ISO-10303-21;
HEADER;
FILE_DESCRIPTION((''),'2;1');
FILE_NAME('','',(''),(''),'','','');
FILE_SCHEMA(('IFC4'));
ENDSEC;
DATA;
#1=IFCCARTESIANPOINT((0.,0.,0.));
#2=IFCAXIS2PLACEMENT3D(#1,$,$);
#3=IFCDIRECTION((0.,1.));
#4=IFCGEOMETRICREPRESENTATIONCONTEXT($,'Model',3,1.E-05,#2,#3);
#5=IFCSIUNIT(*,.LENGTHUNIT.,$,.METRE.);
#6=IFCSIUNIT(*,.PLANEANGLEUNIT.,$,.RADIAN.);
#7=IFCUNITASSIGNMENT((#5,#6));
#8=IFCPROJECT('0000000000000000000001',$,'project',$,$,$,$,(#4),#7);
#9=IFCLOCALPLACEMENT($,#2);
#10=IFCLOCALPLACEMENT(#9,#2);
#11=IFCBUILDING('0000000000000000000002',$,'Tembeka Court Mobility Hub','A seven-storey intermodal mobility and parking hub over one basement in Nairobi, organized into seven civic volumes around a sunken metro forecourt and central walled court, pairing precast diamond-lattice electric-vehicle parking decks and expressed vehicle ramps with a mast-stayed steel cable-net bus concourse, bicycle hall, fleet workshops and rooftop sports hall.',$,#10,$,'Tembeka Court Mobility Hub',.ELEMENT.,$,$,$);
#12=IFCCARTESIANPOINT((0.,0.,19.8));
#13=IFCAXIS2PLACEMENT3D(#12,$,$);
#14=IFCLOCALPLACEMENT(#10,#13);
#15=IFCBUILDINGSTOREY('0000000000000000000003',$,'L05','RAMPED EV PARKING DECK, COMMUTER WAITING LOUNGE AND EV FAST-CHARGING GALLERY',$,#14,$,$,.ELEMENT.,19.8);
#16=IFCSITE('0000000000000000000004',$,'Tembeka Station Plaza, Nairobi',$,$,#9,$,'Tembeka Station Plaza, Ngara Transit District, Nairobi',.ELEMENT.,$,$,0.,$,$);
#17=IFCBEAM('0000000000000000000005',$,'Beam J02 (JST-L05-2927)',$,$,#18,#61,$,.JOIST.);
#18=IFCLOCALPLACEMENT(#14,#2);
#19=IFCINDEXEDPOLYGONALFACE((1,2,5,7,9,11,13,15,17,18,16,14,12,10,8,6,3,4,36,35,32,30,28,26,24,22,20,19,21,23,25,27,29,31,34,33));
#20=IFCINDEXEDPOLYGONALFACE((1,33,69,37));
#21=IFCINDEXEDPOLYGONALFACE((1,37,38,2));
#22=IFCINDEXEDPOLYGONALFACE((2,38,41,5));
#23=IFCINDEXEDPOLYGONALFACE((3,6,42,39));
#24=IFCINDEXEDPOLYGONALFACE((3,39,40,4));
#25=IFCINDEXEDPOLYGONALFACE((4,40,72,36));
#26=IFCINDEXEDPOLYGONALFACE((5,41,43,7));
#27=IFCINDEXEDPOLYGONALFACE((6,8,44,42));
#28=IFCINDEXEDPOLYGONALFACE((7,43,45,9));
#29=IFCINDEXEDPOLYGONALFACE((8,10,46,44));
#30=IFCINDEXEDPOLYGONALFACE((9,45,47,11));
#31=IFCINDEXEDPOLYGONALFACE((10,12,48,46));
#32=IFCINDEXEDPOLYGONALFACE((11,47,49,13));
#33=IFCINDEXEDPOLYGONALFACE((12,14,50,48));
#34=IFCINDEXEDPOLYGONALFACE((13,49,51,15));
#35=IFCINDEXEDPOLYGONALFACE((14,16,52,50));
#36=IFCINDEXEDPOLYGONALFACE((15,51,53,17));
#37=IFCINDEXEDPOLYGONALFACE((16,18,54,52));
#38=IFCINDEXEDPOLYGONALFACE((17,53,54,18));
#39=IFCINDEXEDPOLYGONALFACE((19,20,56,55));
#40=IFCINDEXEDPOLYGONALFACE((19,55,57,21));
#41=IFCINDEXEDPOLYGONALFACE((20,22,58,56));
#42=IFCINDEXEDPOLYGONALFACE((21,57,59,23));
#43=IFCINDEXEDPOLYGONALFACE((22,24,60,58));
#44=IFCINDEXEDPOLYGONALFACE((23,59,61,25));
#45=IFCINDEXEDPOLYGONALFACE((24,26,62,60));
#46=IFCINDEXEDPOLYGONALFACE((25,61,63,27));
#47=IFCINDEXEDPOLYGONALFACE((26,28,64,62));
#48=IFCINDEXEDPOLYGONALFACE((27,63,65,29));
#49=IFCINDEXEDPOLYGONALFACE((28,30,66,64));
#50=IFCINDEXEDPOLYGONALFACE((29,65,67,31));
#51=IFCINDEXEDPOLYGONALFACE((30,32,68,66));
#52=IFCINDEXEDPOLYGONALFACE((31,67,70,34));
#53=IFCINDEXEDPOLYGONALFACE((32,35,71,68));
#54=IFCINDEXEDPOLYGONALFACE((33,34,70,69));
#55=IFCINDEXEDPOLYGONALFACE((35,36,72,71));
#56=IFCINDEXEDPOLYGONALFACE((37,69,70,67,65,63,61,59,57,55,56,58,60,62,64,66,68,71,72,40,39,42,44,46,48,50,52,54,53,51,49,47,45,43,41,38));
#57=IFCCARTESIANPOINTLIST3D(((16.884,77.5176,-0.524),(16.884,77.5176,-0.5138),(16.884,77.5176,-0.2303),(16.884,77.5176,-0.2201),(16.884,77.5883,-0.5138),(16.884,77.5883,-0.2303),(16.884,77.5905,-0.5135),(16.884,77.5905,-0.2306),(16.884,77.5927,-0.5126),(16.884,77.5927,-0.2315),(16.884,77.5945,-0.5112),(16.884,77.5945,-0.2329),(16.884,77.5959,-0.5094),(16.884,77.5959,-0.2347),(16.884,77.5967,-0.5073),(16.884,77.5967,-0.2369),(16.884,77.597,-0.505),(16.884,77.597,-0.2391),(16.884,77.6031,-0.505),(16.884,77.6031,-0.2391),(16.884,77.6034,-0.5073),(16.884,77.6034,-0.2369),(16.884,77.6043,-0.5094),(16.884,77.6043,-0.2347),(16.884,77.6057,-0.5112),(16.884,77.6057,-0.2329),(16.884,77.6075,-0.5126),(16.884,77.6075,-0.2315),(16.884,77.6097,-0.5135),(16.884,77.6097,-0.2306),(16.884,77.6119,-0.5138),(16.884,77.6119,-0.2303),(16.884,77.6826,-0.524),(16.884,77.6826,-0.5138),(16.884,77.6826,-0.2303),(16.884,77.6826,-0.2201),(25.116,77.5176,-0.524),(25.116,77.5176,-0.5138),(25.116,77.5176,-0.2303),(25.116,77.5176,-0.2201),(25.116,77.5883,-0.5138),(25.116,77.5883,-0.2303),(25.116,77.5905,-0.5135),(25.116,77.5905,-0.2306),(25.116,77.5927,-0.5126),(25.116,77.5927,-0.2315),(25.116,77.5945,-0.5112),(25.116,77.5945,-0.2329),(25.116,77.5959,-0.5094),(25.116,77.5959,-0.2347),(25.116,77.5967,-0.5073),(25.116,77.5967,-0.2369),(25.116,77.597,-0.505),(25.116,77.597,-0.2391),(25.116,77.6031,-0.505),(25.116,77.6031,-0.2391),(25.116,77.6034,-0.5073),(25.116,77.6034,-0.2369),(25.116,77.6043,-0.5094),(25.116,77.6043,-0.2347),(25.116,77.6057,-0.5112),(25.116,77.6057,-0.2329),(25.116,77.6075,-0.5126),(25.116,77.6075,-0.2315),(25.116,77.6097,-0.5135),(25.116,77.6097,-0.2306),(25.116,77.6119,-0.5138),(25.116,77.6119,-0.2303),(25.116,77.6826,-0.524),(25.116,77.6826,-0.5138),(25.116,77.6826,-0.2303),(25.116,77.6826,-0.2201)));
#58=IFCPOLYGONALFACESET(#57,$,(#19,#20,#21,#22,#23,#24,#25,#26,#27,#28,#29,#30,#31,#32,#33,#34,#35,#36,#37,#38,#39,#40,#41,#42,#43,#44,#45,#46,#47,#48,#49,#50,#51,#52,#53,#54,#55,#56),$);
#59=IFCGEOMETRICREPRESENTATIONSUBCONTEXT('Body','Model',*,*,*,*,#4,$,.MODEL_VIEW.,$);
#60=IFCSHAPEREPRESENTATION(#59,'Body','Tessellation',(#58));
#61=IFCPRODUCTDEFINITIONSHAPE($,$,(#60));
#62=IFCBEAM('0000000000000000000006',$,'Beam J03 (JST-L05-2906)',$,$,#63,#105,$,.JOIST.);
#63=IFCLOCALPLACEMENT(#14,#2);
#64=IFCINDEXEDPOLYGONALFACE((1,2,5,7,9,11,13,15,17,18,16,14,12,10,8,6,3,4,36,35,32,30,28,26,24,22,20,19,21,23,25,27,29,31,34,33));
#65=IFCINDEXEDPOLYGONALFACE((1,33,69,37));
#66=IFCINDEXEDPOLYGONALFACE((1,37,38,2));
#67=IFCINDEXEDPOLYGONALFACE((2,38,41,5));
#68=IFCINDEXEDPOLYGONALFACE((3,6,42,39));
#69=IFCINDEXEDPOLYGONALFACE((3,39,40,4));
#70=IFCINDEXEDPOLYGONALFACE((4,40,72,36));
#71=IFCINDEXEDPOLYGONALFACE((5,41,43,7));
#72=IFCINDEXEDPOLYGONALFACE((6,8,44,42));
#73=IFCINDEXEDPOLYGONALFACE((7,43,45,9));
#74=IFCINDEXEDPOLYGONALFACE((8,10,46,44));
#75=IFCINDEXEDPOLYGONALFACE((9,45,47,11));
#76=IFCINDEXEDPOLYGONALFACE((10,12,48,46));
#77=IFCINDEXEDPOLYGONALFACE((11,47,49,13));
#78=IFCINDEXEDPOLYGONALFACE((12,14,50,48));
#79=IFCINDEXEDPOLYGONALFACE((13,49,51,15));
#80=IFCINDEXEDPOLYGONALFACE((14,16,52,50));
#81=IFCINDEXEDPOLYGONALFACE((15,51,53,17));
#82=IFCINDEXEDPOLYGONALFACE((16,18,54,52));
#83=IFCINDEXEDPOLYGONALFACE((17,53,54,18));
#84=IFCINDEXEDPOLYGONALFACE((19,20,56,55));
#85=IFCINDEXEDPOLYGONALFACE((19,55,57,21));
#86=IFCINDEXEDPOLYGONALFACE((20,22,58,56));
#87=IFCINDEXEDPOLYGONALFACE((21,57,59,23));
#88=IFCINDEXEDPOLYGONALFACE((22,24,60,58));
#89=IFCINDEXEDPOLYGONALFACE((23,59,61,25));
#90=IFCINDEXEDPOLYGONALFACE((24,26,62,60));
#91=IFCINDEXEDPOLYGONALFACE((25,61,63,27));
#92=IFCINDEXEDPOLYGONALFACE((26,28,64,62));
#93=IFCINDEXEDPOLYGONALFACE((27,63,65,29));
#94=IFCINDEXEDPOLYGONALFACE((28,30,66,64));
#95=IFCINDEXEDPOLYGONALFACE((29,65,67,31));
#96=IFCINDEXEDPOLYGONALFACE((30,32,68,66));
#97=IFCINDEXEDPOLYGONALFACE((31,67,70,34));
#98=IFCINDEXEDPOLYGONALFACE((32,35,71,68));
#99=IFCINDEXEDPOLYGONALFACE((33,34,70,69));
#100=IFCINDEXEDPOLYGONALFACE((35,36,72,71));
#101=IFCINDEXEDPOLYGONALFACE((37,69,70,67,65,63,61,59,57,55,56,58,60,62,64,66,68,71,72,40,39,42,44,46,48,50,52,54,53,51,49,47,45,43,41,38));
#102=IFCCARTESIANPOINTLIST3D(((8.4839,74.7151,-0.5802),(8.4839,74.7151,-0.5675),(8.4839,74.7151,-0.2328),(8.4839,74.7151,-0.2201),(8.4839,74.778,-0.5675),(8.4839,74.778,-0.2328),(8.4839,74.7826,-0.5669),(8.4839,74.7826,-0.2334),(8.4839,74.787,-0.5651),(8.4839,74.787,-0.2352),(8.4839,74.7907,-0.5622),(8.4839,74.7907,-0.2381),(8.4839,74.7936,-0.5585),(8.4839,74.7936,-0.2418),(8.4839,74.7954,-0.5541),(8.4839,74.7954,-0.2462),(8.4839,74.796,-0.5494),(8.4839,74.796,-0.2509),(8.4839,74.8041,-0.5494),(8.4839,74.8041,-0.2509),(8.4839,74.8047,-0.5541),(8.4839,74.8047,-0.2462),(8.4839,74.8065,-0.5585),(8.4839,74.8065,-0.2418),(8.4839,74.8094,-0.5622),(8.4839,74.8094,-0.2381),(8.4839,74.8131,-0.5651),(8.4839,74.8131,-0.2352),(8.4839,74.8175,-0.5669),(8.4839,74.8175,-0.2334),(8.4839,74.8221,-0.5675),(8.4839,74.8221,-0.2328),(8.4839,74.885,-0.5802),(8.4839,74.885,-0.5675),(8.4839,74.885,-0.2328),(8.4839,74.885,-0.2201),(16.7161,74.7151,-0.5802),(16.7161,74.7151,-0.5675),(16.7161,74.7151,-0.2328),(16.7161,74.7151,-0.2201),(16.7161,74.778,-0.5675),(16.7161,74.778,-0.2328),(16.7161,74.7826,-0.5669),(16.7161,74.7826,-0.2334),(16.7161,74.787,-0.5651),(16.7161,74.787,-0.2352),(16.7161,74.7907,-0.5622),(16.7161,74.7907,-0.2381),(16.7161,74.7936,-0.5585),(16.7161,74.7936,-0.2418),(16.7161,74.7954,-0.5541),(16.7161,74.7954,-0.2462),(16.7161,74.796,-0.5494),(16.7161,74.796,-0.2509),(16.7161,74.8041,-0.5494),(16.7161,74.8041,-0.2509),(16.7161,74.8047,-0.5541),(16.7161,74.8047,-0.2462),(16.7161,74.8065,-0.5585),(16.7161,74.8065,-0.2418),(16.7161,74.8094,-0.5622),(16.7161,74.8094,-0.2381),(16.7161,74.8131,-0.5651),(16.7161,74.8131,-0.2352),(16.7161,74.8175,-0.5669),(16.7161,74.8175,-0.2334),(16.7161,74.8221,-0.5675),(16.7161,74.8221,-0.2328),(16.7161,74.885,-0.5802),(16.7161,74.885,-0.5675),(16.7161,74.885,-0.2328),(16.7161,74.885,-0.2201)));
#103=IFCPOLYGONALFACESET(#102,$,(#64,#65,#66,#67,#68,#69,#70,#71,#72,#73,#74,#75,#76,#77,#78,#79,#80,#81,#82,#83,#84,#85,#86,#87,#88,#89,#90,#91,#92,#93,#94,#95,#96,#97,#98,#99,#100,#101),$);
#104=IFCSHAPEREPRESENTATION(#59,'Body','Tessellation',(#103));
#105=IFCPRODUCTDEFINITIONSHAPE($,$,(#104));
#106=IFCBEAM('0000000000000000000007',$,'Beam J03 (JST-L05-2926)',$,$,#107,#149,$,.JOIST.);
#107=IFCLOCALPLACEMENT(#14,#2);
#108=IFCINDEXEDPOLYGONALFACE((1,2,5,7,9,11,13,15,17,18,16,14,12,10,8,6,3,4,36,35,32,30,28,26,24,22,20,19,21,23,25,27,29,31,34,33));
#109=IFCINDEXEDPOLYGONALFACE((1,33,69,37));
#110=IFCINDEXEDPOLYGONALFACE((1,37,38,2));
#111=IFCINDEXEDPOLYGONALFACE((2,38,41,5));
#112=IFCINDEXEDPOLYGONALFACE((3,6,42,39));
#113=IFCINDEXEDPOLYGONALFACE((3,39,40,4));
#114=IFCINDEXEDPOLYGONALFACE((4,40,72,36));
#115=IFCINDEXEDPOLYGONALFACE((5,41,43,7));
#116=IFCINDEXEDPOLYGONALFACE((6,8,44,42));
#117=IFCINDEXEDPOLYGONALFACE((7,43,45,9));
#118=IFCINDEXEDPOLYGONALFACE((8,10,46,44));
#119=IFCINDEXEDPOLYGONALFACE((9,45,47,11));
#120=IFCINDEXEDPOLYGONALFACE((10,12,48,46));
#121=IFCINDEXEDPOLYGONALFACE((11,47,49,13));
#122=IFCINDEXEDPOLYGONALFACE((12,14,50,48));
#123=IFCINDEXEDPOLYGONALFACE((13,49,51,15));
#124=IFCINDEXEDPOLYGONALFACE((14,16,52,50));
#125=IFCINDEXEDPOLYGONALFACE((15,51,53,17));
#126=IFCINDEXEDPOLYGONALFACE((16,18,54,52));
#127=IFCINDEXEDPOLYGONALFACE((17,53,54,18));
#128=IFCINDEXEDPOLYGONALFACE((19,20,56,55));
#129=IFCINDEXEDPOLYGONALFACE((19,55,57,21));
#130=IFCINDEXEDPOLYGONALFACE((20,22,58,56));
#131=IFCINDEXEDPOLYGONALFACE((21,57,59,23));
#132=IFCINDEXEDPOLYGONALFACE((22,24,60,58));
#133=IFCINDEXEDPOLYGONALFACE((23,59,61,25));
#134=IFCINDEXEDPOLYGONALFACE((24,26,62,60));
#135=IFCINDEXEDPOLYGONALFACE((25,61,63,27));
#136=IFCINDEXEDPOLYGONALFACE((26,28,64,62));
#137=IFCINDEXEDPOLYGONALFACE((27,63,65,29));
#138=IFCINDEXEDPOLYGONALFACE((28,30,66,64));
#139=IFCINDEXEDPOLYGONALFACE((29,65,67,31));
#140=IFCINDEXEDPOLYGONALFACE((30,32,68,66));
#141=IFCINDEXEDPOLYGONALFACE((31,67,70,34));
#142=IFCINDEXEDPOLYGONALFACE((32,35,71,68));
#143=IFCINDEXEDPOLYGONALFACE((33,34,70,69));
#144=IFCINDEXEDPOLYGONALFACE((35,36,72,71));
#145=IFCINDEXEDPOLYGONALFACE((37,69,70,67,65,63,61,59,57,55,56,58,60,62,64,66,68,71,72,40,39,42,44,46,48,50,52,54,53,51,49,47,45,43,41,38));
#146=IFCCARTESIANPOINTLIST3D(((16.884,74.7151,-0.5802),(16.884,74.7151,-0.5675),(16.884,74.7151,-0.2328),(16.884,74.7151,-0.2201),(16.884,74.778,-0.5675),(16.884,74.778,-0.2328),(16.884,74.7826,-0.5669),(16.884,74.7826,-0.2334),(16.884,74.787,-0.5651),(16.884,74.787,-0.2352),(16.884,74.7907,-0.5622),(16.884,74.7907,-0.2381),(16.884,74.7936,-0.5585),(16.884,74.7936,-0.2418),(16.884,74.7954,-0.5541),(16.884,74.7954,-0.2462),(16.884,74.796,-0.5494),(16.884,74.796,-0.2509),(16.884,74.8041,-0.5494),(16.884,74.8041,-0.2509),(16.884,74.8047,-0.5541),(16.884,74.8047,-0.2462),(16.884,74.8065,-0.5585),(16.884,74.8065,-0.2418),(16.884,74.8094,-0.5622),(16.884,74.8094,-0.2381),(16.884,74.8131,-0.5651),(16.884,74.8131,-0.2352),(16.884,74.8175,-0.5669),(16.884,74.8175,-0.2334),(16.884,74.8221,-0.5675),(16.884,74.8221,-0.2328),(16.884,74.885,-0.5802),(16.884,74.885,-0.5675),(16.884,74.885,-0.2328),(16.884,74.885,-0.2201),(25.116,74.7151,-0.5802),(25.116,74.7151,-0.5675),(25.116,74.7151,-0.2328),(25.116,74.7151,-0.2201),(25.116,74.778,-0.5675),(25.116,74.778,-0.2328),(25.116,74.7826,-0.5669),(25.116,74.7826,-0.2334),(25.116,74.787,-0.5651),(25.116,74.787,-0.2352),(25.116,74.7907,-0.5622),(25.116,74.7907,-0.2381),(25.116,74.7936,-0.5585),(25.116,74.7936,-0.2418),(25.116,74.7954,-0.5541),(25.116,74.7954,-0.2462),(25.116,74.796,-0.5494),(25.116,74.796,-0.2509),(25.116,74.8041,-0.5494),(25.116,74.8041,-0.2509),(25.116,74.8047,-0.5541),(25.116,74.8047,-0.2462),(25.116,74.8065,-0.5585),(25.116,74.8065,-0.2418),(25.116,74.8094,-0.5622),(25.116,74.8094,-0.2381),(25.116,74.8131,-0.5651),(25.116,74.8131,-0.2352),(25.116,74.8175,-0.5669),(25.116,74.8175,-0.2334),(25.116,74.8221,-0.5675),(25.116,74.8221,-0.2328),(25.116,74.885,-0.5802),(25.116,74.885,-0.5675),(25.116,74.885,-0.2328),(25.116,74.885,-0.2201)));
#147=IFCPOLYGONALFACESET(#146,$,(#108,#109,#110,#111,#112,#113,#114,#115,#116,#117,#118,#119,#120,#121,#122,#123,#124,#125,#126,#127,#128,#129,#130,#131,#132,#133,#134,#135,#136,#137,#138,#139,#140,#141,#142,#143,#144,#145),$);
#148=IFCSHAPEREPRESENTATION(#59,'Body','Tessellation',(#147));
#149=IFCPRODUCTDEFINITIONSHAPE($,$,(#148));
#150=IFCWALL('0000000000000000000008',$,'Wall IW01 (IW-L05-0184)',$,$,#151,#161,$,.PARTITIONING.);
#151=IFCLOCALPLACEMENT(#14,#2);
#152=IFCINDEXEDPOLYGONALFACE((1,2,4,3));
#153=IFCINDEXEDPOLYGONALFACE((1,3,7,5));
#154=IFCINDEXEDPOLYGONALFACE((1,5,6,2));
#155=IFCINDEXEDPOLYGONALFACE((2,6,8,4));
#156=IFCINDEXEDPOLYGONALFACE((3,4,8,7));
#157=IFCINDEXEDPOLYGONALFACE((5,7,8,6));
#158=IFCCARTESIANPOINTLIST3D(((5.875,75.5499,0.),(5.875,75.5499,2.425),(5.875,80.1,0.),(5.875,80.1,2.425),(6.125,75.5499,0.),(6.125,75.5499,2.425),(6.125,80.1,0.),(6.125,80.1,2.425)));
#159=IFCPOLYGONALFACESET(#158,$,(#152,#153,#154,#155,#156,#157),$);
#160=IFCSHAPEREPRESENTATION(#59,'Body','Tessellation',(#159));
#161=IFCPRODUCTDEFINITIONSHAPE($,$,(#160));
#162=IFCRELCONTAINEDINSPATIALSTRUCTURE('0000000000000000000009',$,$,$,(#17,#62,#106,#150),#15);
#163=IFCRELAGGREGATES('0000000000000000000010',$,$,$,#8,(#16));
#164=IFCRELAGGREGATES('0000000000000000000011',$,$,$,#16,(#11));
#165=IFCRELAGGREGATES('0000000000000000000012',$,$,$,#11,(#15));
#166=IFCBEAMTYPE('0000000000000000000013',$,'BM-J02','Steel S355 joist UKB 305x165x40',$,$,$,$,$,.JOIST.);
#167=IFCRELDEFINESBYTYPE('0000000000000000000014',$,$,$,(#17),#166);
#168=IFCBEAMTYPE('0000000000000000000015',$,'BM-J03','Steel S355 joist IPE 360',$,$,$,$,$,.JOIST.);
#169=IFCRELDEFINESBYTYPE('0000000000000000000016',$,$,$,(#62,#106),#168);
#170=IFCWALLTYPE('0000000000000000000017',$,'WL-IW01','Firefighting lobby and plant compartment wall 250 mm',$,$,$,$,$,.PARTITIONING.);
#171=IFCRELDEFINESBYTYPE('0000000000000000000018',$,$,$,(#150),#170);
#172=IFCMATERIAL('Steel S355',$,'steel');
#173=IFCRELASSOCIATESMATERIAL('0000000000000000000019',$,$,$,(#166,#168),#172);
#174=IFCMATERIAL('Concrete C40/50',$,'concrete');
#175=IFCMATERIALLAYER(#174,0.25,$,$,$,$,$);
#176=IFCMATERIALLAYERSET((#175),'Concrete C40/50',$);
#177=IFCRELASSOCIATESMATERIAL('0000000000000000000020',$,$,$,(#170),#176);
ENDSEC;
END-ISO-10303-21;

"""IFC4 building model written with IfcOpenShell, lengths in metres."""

from ifc_helpers import new_model, si_unit, direction, frame, frame_2d, origin, origin_2d, place, context, subcontext, project, spatial, rectangle, i_section, extrude, material, layer, layer_set, material_profile, profile_set, type_object, element, save


model = new_model("IFC4")

# Units and contexts
model_context = context("Model", 3, precision=1e-05, world=origin(), true_north=direction((0.0, 1.0)))
body_context = subcontext(model_context, "Body", "Model", "MODEL_VIEW")
ifc_project = project(units=[si_unit("LENGTHUNIT", "METRE"), si_unit("PLANEANGLEUNIT", "RADIAN")], contexts=[model_context])

# Site, building, storey
site_placement = place(None, origin())
site = spatial("IfcSite", under=ifc_project, at=site_placement, Name="Tembeka Station Plaza, Nairobi", LongName="Tembeka Station Plaza, Ngara Transit District, Nairobi", CompositionType="ELEMENT", RefElevation=0.0)
building_placement = place(site_placement, origin())
building = spatial("IfcBuilding", under=site, at=building_placement, Name="Tembeka Court Mobility Hub", Description="A seven-storey intermodal mobility and parking hub over one basement in Nairobi, organized into seven civic volumes around a sunken metro forecourt and central walled court, pairing precast diamond-lattice electric-vehicle parking decks and expressed vehicle ramps with a mast-stayed steel cable-net bus concourse, bicycle hall, fleet workshops and rooftop sports hall.", LongName="Tembeka Court Mobility Hub", CompositionType="ELEMENT")
storey_placement = place(building_placement, frame((0.0, 0.0, 19.8)))
storey = spatial("IfcBuildingStorey", under=building, at=storey_placement, Name="L05", Description="RAMPED EV PARKING DECK, COMMUTER WAITING LOUNGE AND EV FAST-CHARGING GALLERY", CompositionType="ELEMENT", Elevation=19.8)

# Shared definitions
ifc_material_1 = material(Name="Steel S355", Category="steel")

# Beams
ifc_material_profile_1 = material_profile(ifc_material_1, i_section(OverallWidth=0.165, OverallDepth=0.304, WebThickness=0.0061, FlangeThickness=0.0103, FilletRadius=0.0088, at=origin_2d()), Name="UKB 305x165x40")
ifc_profile_set_1 = profile_set([ifc_material_profile_1], Name="Steel S355")
beam_type_1 = type_object("IfcBeamType", Name="BM-J02", Description="Steel S355 joist UKB 305x165x40", PredefinedType="JOIST", material=ifc_profile_set_1)
beam_1_placement = place(storey_placement, frame((16.884, 77.6001, -0.3721), z_axis=(1.0, 0.0, 0.0), x_axis=(0.0, 1.0, 0.0)))
element("IfcBeam", 1, at=beam_1_placement, inside=storey, type_object=beam_type_1, Name="Beam J02 (JST-L05-2927)", PredefinedType="JOIST", context=body_context, shape_type="SweptSolid", body=[
    extrude(i_section(OverallWidth=0.165, OverallDepth=0.304, WebThickness=0.0061, FlangeThickness=0.0103, FilletRadius=0.0088, at=origin_2d()), origin(), (0.0, 0.0, 1.0), 8.2319),
])
ifc_material_profile_2 = material_profile(ifc_material_1, i_section(OverallWidth=0.1699, OverallDepth=0.3601, WebThickness=0.0081, FlangeThickness=0.0127, FilletRadius=0.0181, at=origin_2d()), Name="IPE 360")
ifc_profile_set_2 = profile_set([ifc_material_profile_2], Name="Steel S355")
beam_type_2 = type_object("IfcBeamType", Name="BM-J03", Description="Steel S355 joist IPE 360", PredefinedType="JOIST", material=ifc_profile_set_2)
beam_2_placement = place(storey_placement, frame((8.4839, 74.8, -0.4001), z_axis=(1.0, 0.0, 0.0), x_axis=(0.0, 1.0, 0.0)))
element("IfcBeam", 2, at=beam_2_placement, inside=storey, type_object=beam_type_2, Name="Beam J03 (JST-L05-2906)", PredefinedType="JOIST", context=body_context, shape_type="SweptSolid", body=[
    extrude(i_section(OverallWidth=0.1699, OverallDepth=0.3601, WebThickness=0.0081, FlangeThickness=0.0127, FilletRadius=0.0181, at=origin_2d()), origin(), (0.0, 0.0, 1.0), 8.2322),
])
beam_3_placement = place(storey_placement, frame((16.884, 74.8, -0.4001), z_axis=(1.0, 0.0, 0.0), x_axis=(0.0, 1.0, 0.0)))
element("IfcBeam", 3, at=beam_3_placement, inside=storey, type_object=beam_type_2, Name="Beam J03 (JST-L05-2926)", PredefinedType="JOIST", context=body_context, shape_type="SweptSolid", body=[
    extrude(i_section(OverallWidth=0.1699, OverallDepth=0.3601, WebThickness=0.0081, FlangeThickness=0.0127, FilletRadius=0.0181, at=origin_2d()), origin(), (0.0, 0.0, 1.0), 8.2319),
])

# Wall
ifc_material_2 = material(Name="Concrete C40/50", Category="concrete")
ifc_layer_1 = layer(ifc_material_2, 0.25)
ifc_layer_set_1 = layer_set([ifc_layer_1], Name="Concrete C40/50")
wall_type_1 = type_object("IfcWallType", Name="WL-IW01", Description="Firefighting lobby and plant compartment wall 250 mm", PredefinedType="PARTITIONING", material=ifc_layer_set_1)
wall_1_placement = place(storey_placement, frame((6.0, 75.55, 0.0), z_axis=(0.0, 0.0, 1.0), x_axis=(0.0, 1.0, 0.0)))
element("IfcWall", 4, at=wall_1_placement, inside=storey, type_object=wall_type_1, Name="Wall IW01 (IW-L05-0184)", PredefinedType="PARTITIONING", context=body_context, shape_type="SweptSolid", body=[
    extrude(rectangle(XDim=4.55, YDim=0.25, at=frame_2d((2.2749, 0.0))), origin(), (0.0, 0.0, 1.0), 2.425),
])

save(model, "model.ifc")
